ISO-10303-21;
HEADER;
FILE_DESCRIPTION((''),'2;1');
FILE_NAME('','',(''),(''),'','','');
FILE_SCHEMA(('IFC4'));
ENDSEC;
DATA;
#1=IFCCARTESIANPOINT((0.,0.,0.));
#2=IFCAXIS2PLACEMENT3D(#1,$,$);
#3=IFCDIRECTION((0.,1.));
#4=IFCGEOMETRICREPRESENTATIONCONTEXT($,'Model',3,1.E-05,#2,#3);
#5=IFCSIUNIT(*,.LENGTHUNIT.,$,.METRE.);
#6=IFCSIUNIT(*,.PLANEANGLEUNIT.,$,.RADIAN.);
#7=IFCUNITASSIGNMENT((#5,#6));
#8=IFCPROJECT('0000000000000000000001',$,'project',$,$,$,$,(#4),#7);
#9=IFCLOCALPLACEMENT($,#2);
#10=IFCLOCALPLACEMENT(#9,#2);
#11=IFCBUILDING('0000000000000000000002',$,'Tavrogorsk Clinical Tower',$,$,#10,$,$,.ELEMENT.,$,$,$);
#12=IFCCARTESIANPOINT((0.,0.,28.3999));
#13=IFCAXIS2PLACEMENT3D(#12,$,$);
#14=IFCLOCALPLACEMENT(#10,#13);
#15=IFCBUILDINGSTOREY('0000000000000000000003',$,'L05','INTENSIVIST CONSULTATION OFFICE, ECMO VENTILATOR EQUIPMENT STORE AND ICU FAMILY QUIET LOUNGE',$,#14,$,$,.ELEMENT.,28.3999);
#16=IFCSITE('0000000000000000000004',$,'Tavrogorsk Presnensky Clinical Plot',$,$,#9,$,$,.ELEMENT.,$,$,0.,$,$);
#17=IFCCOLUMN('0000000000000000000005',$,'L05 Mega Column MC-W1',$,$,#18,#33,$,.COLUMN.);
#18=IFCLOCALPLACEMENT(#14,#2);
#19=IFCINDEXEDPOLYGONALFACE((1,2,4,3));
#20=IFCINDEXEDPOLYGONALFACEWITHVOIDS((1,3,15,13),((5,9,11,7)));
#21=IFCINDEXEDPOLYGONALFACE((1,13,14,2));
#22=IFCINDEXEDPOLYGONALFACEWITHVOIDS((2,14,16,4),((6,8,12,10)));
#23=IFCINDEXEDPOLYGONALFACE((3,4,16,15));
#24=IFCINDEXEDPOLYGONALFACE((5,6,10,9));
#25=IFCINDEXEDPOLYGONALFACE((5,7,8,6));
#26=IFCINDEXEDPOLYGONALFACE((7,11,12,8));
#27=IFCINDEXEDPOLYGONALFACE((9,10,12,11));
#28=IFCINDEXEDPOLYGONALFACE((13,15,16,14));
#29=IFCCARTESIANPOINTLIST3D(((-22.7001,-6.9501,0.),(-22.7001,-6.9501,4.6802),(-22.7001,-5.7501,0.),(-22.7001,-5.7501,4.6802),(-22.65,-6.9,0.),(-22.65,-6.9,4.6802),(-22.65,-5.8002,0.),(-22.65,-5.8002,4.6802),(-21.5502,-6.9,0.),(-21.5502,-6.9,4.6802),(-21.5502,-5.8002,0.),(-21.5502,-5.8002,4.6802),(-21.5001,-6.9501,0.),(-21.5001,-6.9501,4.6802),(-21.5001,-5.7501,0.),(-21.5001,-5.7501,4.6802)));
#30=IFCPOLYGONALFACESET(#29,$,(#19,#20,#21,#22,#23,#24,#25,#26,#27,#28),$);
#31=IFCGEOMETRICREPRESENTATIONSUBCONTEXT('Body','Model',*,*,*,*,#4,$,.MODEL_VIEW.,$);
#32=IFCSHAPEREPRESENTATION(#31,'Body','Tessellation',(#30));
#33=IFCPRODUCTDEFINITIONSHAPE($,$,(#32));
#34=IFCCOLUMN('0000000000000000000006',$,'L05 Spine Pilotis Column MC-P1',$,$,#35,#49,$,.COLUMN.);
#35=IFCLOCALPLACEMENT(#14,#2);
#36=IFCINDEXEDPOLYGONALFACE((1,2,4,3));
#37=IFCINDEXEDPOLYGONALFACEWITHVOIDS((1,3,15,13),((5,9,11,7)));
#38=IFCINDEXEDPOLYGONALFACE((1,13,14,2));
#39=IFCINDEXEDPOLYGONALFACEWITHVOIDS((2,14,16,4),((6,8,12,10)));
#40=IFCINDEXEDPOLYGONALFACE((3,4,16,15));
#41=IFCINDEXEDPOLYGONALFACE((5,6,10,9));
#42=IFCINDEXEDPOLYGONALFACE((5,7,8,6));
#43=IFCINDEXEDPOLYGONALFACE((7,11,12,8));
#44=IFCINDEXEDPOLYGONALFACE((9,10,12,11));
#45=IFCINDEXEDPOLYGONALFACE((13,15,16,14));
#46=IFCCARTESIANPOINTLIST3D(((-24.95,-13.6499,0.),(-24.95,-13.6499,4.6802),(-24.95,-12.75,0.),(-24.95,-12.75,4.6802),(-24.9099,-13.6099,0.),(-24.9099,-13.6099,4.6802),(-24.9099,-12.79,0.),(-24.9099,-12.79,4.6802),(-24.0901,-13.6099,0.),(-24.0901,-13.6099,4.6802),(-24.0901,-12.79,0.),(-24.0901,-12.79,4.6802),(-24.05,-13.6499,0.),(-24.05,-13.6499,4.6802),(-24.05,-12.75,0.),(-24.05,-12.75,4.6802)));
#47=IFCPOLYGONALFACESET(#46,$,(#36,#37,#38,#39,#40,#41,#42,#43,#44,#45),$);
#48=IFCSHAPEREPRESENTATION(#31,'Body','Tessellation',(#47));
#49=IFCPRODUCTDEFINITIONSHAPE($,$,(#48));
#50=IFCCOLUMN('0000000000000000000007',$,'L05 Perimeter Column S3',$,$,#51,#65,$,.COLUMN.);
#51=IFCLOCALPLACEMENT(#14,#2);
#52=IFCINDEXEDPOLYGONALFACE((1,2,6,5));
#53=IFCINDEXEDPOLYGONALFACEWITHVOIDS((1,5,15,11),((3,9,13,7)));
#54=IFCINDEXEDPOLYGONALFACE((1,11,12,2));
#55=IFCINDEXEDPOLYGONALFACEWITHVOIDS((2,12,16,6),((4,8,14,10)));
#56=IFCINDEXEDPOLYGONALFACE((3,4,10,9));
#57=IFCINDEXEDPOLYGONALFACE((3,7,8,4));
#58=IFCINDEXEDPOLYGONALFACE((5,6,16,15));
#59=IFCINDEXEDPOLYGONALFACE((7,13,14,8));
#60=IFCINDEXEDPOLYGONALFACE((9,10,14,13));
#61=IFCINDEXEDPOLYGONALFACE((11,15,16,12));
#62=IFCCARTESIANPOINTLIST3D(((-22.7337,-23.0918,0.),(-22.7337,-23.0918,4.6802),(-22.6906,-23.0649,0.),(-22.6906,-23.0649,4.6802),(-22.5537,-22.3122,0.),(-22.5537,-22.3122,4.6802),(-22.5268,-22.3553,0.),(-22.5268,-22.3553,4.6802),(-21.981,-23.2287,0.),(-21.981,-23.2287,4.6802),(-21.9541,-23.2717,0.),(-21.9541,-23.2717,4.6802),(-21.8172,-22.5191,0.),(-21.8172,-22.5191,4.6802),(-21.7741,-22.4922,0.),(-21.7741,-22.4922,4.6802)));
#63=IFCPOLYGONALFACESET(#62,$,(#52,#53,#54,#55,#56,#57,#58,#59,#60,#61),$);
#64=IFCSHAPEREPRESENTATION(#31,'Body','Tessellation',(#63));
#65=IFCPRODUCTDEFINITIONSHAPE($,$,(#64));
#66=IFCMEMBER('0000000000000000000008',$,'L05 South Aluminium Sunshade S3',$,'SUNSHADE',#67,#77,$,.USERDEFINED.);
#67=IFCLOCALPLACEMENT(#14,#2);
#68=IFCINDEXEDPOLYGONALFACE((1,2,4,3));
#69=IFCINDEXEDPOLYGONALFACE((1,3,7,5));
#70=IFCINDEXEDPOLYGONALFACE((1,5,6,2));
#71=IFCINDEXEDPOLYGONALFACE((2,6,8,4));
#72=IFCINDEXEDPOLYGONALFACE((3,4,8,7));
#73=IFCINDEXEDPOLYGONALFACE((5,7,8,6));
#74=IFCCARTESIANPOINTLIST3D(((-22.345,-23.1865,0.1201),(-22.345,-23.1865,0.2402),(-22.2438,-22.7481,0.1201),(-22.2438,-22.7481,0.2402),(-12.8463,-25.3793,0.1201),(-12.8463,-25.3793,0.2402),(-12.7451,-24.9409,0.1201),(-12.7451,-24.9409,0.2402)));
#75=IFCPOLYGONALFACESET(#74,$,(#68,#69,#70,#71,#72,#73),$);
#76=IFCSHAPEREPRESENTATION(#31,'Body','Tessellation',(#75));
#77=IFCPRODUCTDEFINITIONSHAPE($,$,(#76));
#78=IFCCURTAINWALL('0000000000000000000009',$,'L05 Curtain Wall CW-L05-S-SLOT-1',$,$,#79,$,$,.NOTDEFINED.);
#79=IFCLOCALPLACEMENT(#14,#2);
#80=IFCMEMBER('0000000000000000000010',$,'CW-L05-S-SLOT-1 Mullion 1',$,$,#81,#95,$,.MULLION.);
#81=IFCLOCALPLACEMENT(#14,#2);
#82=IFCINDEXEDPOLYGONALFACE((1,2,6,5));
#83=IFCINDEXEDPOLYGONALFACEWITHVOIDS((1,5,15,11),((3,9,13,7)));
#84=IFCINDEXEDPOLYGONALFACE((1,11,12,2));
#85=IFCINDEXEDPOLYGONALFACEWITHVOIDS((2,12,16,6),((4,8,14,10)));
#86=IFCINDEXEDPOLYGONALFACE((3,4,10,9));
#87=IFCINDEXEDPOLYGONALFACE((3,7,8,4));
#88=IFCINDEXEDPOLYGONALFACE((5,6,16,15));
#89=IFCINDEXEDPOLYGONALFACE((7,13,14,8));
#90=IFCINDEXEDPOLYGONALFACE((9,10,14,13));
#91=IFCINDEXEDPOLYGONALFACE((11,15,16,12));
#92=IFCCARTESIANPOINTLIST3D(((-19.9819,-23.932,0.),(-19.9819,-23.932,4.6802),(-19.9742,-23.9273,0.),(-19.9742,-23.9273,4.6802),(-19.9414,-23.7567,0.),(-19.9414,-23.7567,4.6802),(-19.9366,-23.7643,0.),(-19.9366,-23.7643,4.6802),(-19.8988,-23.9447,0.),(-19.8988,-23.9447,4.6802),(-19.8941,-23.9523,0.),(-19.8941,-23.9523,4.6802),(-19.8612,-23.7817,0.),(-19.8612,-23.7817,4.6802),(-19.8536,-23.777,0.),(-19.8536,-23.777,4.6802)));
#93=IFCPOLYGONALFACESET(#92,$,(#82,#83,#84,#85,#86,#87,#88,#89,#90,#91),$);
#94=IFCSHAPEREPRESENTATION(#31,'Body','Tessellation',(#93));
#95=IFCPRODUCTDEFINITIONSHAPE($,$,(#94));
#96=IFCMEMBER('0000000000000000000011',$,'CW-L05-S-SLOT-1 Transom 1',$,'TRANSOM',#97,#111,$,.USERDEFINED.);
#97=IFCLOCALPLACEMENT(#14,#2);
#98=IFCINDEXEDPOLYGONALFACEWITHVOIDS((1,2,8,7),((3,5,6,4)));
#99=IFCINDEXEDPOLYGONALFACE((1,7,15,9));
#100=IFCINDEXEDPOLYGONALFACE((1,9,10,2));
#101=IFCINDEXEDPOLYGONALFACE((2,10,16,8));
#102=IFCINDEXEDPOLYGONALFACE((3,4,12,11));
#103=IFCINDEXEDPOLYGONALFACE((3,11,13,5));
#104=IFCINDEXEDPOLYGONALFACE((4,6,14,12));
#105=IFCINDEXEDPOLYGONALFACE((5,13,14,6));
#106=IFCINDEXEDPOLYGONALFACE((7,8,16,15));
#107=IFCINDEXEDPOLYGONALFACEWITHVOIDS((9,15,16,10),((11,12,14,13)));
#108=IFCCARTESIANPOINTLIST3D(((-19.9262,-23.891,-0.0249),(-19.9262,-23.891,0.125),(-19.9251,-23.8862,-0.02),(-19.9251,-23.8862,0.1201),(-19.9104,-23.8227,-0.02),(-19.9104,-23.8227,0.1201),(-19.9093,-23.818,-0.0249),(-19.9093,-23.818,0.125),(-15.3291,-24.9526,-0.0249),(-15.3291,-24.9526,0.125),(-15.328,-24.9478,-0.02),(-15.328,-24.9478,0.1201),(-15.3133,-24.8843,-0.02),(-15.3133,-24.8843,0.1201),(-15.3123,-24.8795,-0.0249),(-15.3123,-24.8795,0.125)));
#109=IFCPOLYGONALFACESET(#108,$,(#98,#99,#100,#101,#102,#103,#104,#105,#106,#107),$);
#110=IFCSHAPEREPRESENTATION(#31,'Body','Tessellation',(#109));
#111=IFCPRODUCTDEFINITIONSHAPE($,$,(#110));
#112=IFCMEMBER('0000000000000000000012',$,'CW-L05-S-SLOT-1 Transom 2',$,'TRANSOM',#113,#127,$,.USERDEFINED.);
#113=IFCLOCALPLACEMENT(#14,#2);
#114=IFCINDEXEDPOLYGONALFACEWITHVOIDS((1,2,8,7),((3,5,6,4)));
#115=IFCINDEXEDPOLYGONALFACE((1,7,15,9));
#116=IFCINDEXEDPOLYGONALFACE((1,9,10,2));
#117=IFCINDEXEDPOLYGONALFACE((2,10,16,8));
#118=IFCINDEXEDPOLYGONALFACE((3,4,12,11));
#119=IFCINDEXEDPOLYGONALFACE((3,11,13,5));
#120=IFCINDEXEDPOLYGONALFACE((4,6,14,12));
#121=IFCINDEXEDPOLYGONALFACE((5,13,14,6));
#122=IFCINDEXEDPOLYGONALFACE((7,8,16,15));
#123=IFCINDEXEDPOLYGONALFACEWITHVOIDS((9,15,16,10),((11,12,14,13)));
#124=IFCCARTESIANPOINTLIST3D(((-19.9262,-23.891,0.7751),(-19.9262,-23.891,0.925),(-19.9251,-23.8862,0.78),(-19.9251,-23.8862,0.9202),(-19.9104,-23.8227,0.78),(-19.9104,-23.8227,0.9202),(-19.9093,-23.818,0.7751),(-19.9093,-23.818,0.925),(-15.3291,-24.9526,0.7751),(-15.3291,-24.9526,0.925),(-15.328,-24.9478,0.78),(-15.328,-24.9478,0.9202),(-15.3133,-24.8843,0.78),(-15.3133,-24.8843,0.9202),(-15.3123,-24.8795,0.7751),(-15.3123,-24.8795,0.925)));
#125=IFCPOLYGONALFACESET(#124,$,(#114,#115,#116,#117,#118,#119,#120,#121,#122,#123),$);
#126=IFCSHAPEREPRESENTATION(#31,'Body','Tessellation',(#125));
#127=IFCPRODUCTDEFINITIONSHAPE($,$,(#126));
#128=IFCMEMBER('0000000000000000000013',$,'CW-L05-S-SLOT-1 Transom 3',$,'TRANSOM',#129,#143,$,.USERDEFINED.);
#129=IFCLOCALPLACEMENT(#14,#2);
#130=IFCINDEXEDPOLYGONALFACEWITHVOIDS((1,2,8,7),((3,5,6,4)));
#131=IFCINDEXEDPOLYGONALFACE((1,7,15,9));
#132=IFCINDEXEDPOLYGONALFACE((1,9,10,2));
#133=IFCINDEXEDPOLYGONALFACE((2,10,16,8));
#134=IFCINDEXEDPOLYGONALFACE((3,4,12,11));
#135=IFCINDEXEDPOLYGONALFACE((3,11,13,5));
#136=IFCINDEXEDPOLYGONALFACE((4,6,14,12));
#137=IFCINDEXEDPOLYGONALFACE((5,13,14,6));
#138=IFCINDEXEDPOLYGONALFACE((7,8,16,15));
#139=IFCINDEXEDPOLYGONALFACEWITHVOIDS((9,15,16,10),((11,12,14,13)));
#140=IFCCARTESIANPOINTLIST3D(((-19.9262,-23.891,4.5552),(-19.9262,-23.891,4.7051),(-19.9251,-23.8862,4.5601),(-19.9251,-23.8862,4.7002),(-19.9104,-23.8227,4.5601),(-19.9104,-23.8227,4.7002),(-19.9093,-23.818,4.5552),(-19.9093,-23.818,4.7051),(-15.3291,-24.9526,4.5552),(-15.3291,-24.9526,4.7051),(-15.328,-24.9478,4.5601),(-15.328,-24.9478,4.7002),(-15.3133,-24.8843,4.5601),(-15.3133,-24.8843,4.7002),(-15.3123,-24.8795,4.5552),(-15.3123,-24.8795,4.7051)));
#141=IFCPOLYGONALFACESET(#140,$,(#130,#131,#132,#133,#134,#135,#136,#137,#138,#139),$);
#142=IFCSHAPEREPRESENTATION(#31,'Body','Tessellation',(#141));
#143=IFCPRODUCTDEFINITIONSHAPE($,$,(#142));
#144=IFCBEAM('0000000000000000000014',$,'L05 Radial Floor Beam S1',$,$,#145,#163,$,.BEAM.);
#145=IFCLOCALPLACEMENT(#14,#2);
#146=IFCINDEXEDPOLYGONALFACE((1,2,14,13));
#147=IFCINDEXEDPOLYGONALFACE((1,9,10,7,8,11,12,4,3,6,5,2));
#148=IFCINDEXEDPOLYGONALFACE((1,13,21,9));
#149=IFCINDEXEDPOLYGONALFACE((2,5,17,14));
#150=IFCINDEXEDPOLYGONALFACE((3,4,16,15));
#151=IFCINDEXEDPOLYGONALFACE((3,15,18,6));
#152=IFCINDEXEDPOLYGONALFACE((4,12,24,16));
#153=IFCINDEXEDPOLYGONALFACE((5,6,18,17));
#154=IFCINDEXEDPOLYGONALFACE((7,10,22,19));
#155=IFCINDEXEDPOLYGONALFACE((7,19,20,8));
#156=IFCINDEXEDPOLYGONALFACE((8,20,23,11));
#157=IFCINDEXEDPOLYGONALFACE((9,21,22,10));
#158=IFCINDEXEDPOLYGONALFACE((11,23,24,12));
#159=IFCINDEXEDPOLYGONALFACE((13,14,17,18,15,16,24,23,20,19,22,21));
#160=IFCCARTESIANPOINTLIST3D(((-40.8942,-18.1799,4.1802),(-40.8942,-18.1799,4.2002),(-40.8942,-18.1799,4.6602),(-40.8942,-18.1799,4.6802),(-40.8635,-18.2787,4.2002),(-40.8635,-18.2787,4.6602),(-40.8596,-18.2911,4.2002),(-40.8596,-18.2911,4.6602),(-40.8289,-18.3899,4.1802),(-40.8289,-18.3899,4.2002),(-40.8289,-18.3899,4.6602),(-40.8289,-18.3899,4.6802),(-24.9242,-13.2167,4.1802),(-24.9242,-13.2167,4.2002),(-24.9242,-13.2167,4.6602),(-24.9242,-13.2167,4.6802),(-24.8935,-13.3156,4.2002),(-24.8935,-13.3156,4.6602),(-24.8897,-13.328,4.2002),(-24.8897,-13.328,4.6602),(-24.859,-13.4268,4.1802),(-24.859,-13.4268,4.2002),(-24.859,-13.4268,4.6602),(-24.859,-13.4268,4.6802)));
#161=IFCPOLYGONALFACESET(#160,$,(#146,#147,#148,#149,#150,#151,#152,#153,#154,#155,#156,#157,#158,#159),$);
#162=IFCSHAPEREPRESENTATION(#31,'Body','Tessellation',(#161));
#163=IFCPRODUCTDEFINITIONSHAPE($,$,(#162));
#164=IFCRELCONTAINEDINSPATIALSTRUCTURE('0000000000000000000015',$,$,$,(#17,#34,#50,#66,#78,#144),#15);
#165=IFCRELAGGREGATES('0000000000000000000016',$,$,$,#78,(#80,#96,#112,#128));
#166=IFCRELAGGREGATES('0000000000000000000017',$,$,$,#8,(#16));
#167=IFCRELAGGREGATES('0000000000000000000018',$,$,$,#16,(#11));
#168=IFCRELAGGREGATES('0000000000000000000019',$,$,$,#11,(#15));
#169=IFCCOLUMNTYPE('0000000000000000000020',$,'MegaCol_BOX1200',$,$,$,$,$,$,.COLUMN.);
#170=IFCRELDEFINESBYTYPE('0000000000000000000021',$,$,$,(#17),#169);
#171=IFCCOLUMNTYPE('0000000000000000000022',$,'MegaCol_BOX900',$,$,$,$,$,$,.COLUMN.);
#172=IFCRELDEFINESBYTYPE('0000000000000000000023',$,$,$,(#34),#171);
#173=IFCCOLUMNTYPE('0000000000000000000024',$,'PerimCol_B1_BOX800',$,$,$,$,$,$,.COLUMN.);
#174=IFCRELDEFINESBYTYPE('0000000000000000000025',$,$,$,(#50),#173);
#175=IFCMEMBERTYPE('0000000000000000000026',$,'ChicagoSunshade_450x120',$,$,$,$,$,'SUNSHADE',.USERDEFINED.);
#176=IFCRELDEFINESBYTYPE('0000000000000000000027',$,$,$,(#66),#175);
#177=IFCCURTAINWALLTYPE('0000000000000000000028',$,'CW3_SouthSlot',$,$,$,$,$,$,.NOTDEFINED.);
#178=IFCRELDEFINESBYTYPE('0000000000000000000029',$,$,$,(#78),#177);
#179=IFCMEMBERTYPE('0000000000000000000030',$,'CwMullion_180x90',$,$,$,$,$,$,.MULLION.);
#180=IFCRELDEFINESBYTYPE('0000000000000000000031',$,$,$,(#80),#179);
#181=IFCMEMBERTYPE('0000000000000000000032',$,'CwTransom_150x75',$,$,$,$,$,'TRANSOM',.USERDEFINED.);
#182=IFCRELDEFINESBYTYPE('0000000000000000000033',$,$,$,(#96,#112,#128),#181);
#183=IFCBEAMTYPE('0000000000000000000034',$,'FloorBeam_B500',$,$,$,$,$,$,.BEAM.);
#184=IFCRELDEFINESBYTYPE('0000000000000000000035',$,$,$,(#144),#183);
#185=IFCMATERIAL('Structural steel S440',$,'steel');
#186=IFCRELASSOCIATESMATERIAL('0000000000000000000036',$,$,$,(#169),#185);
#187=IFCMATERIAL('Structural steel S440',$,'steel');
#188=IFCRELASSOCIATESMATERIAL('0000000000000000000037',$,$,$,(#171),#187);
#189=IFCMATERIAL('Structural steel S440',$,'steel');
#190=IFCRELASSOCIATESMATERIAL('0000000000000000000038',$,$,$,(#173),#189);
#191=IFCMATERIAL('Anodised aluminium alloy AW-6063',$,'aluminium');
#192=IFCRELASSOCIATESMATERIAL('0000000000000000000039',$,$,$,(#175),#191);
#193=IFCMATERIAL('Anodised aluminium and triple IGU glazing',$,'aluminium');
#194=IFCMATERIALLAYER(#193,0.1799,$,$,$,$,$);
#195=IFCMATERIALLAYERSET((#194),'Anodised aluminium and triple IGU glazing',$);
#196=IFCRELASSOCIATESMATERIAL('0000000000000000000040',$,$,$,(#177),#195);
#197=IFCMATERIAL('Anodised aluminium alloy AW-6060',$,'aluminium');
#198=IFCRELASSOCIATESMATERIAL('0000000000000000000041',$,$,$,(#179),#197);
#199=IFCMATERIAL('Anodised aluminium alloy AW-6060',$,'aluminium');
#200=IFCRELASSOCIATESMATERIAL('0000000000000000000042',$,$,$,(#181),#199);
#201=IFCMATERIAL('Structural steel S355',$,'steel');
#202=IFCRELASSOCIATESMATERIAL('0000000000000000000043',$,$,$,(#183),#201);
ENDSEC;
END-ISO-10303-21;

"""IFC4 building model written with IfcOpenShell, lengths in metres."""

from ifc_helpers import new_model, si_unit, direction, frame, origin, origin_2d, place, context, subcontext, project, spatial, rectangle, hollow_rectangle, i_section, extrude, material, layer, layer_set, material_profile, profile_set, type_object, element, aggregate, save


model = new_model("IFC4")

# Units and contexts
model_context = context("Model", 3, precision=1e-05, world=origin(), true_north=direction((0.0, 1.0)))
body_context = subcontext(model_context, "Body", "Model", "MODEL_VIEW")
ifc_project = project(units=[si_unit("LENGTHUNIT", "METRE"), si_unit("PLANEANGLEUNIT", "RADIAN")], contexts=[model_context])

# Site, building, storey
site_placement = place(None, origin())
site = spatial("IfcSite", under=ifc_project, at=site_placement, Name="Tavrogorsk Presnensky Clinical Plot", CompositionType="ELEMENT", RefElevation=0.0)
building_placement = place(site_placement, origin())
building = spatial("IfcBuilding", under=site, at=building_placement, Name="Tavrogorsk Clinical Tower", CompositionType="ELEMENT")
storey_placement = place(building_placement, frame((0.0, 0.0, 28.3999)))
storey = spatial("IfcBuildingStorey", under=building, at=storey_placement, Name="L05", Description="INTENSIVIST CONSULTATION OFFICE, ECMO VENTILATOR EQUIPMENT STORE AND ICU FAMILY QUIET LOUNGE", CompositionType="ELEMENT", Elevation=28.3999)

# Columns
ifc_material_1 = material(Name="Structural steel S440", Category="steel")
ifc_material_profile_1 = material_profile(ifc_material_1, hollow_rectangle(XDim=1.2, YDim=1.2, WallThickness=0.05, at=origin_2d()), Name="BOX-1200x1200x50")
ifc_profile_set_1 = profile_set([ifc_material_profile_1], Name="Structural steel S440")
column_type_1 = type_object("IfcColumnType", Name="MegaCol_BOX1200", PredefinedType="COLUMN", material=ifc_profile_set_1)
column_1_placement = place(storey_placement, frame((-22.1001, -6.3501, 0.0), z_axis=(0.0, 0.0, 1.0), x_axis=(1.0, 0.0, 0.0)))
element("IfcColumn", 1, at=column_1_placement, inside=storey, type_object=column_type_1, Name="L05 Mega Column MC-W1", PredefinedType="COLUMN", context=body_context, shape_type="SweptSolid", body=[
    extrude(hollow_rectangle(XDim=1.2, YDim=1.2, WallThickness=0.05, at=origin_2d()), origin(), (0.0, 0.0, 1.0), 4.6802),
])
ifc_material_2 = material(Name="Structural steel S440", Category="steel")
ifc_material_profile_2 = material_profile(ifc_material_2, hollow_rectangle(XDim=0.8999, YDim=0.8999, WallThickness=0.04, at=origin_2d()), Name="BOX-900x900x40")
ifc_profile_set_2 = profile_set([ifc_material_profile_2], Name="Structural steel S440")
column_type_2 = type_object("IfcColumnType", Name="MegaCol_BOX900", PredefinedType="COLUMN", material=ifc_profile_set_2)
column_2_placement = place(storey_placement, frame((-24.5, -13.2, 0.0), z_axis=(0.0, 0.0, 1.0), x_axis=(1.0, 0.0, 0.0)))
element("IfcColumn", 2, at=column_2_placement, inside=storey, type_object=column_type_2, Name="L05 Spine Pilotis Column MC-P1", PredefinedType="COLUMN", context=body_context, shape_type="SweptSolid", body=[
    extrude(hollow_rectangle(XDim=0.8999, YDim=0.8999, WallThickness=0.04, at=origin_2d()), origin(), (0.0, 0.0, 1.0), 4.6802),
])
ifc_material_3 = material(Name="Structural steel S440", Category="steel")
ifc_material_profile_3 = material_profile(ifc_material_3, hollow_rectangle(XDim=0.8, YDim=0.8, WallThickness=0.0359, at=origin_2d()), Name="BOX-800x800x36")
ifc_profile_set_3 = profile_set([ifc_material_profile_3], Name="Structural steel S440")
column_type_3 = type_object("IfcColumnType", Name="PerimCol_B1_BOX800", PredefinedType="COLUMN", material=ifc_profile_set_3)
column_3_placement = place(storey_placement, frame((-22.2539, -22.792, 0.0), z_axis=(0.0, 0.0, 1.0), x_axis=(0.97437, -0.224951, 0.0)))
element("IfcColumn", 3, at=column_3_placement, inside=storey, type_object=column_type_3, Name="L05 Perimeter Column S3", PredefinedType="COLUMN", context=body_context, shape_type="SweptSolid", body=[
    extrude(hollow_rectangle(XDim=0.8, YDim=0.8, WallThickness=0.0359, at=origin_2d()), origin(), (0.0, 0.0, 1.0), 4.6802),
])

# Member
ifc_material_4 = material(Name="Anodised aluminium alloy AW-6063", Category="aluminium")
ifc_material_profile_4 = material_profile(ifc_material_4, rectangle(XDim=0.45, YDim=0.1201, at=origin_2d()), Name="ALU-SUNSHADE-450x120")
ifc_profile_set_4 = profile_set([ifc_material_profile_4], Name="Anodised aluminium alloy AW-6063")
member_type_1 = type_object("IfcMemberType", Name="ChicagoSunshade_450x120", ElementType="SUNSHADE", PredefinedType="USERDEFINED", material=ifc_profile_set_4)
member_1_placement = place(storey_placement, frame((-22.2944, -22.9673, 0.1802), z_axis=(0.974372, -0.224942, 0.0), x_axis=(0.224942, 0.974372, 0.0)))
element("IfcMember", 4, at=member_1_placement, inside=storey, type_object=member_type_1, Name="L05 South Aluminium Sunshade S3", ObjectType="SUNSHADE", PredefinedType="USERDEFINED", context=body_context, shape_type="SweptSolid", body=[
    extrude(rectangle(XDim=0.45, YDim=0.1201, at=origin_2d()), origin(), (0.0, 0.0, 1.0), 9.7485),
])

# Curtain wall, members
ifc_material_5 = material(Name="Anodised aluminium and triple IGU glazing", Category="aluminium")
ifc_layer_1 = layer(ifc_material_5, 0.1799)
ifc_layer_set_1 = layer_set([ifc_layer_1], Name="Anodised aluminium and triple IGU glazing")
curtain_wall_type = type_object("IfcCurtainWallType", Name="CW3_SouthSlot", PredefinedType="NOTDEFINED", material=ifc_layer_set_1)
curtain_wall_placement = place(storey_placement, origin())
curtain_wall = element("IfcCurtainWall", 5, at=curtain_wall_placement, inside=storey, type_object=curtain_wall_type, Name="L05 Curtain Wall CW-L05-S-SLOT-1", PredefinedType="NOTDEFINED")
ifc_material_6 = material(Name="Anodised aluminium alloy AW-6060", Category="aluminium")
ifc_material_profile_5 = material_profile(ifc_material_6, hollow_rectangle(XDim=0.0901, YDim=0.1799, WallThickness=0.0063, at=origin_2d()), Name="RHS-180x90x6.3")
ifc_profile_set_5 = profile_set([ifc_material_profile_5], Name="Anodised aluminium alloy AW-6060")
member_type_2 = type_object("IfcMemberType", Name="CwMullion_180x90", PredefinedType="MULLION", material=ifc_profile_set_5)
member_2_placement = place(storey_placement, frame((-19.9177, -23.8545, 0.0), z_axis=(0.0, 0.0, 1.0), x_axis=(0.97437, -0.224951, 0.0)))
member_2 = element("IfcMember", 6, at=member_2_placement, type_object=member_type_2, Name="CW-L05-S-SLOT-1 Mullion 1", PredefinedType="MULLION", context=body_context, shape_type="SweptSolid", body=[
    extrude(hollow_rectangle(XDim=0.0901, YDim=0.1799, WallThickness=0.0063, at=origin_2d()), origin(), (0.0, 0.0, 1.0), 4.6802),
])
ifc_material_7 = material(Name="Anodised aluminium alloy AW-6060", Category="aluminium")
ifc_material_profile_6 = material_profile(ifc_material_7, hollow_rectangle(XDim=0.075, YDim=0.1499, WallThickness=0.0049, at=origin_2d()), Name="RHS-150x75x5")
ifc_profile_set_6 = profile_set([ifc_material_profile_6], Name="Anodised aluminium alloy AW-6060")
member_type_3 = type_object("IfcMemberType", Name="CwTransom_150x75", ElementType="TRANSOM", PredefinedType="USERDEFINED", material=ifc_profile_set_6)
member_3_placement = place(storey_placement, frame((-19.9177, -23.8545, 0.05), z_axis=(0.974359, -0.224999, 0.0), x_axis=(0.224999, 0.974359, 0.0)))
member_3 = element("IfcMember", 7, at=member_3_placement, type_object=member_type_3, Name="CW-L05-S-SLOT-1 Transom 1", ObjectType="TRANSOM", PredefinedType="USERDEFINED", context=body_context, shape_type="SweptSolid", body=[
    extrude(hollow_rectangle(XDim=0.075, YDim=0.1499, WallThickness=0.0049, at=origin_2d()), origin(), (0.0, 0.0, 1.0), 4.718),
])
member_4_placement = place(storey_placement, frame((-19.9177, -23.8545, 0.8501), z_axis=(0.974359, -0.224999, 0.0), x_axis=(0.224999, 0.974359, 0.0)))
member_4 = element("IfcMember", 8, at=member_4_placement, type_object=member_type_3, Name="CW-L05-S-SLOT-1 Transom 2", ObjectType="TRANSOM", PredefinedType="USERDEFINED", context=body_context, shape_type="SweptSolid", body=[
    extrude(hollow_rectangle(XDim=0.075, YDim=0.1499, WallThickness=0.0049, at=origin_2d()), origin(), (0.0, 0.0, 1.0), 4.718),
])
member_5_placement = place(storey_placement, frame((-19.9177, -23.8545, 4.6301), z_axis=(0.974359, -0.224999, 0.0), x_axis=(0.224999, 0.974359, 0.0)))
member_5 = element("IfcMember", 9, at=member_5_placement, type_object=member_type_3, Name="CW-L05-S-SLOT-1 Transom 3", ObjectType="TRANSOM", PredefinedType="USERDEFINED", context=body_context, shape_type="SweptSolid", body=[
    extrude(hollow_rectangle(XDim=0.075, YDim=0.1499, WallThickness=0.0049, at=origin_2d()), origin(), (0.0, 0.0, 1.0), 4.718),
])
aggregate(curtain_wall, [member_2, member_3, member_4, member_5])

# Beam
ifc_material_8 = material(Name="Structural steel S355", Category="steel")
ifc_material_profile_7 = material_profile(ifc_material_8, i_section(OverallWidth=0.22, OverallDepth=0.5, WebThickness=0.0129, FlangeThickness=0.02, at=origin_2d()), Name="B-500x220x13x20")
ifc_profile_set_7 = profile_set([ifc_material_profile_7], Name="Structural steel S355")
beam_type_1 = type_object("IfcBeamType", Name="FloorBeam_B500", PredefinedType="BEAM", material=ifc_profile_set_7)
beam_1_placement = place(storey_placement, frame((-24.8916, -13.3218, 4.4302), z_axis=(-0.954947, -0.296778, 0.0), x_axis=(0.296778, -0.954947, 0.0)))
element("IfcBeam", 10, at=beam_1_placement, inside=storey, type_object=beam_type_1, Name="L05 Radial Floor Beam S1", PredefinedType="BEAM", context=body_context, shape_type="SweptSolid", body=[
    extrude(i_section(OverallWidth=0.22, OverallDepth=0.5, WebThickness=0.0129, FlangeThickness=0.02, at=origin_2d()), origin(), (0.0, 0.0, 1.0), 16.7234),
])

save(model, "model.ifc")
